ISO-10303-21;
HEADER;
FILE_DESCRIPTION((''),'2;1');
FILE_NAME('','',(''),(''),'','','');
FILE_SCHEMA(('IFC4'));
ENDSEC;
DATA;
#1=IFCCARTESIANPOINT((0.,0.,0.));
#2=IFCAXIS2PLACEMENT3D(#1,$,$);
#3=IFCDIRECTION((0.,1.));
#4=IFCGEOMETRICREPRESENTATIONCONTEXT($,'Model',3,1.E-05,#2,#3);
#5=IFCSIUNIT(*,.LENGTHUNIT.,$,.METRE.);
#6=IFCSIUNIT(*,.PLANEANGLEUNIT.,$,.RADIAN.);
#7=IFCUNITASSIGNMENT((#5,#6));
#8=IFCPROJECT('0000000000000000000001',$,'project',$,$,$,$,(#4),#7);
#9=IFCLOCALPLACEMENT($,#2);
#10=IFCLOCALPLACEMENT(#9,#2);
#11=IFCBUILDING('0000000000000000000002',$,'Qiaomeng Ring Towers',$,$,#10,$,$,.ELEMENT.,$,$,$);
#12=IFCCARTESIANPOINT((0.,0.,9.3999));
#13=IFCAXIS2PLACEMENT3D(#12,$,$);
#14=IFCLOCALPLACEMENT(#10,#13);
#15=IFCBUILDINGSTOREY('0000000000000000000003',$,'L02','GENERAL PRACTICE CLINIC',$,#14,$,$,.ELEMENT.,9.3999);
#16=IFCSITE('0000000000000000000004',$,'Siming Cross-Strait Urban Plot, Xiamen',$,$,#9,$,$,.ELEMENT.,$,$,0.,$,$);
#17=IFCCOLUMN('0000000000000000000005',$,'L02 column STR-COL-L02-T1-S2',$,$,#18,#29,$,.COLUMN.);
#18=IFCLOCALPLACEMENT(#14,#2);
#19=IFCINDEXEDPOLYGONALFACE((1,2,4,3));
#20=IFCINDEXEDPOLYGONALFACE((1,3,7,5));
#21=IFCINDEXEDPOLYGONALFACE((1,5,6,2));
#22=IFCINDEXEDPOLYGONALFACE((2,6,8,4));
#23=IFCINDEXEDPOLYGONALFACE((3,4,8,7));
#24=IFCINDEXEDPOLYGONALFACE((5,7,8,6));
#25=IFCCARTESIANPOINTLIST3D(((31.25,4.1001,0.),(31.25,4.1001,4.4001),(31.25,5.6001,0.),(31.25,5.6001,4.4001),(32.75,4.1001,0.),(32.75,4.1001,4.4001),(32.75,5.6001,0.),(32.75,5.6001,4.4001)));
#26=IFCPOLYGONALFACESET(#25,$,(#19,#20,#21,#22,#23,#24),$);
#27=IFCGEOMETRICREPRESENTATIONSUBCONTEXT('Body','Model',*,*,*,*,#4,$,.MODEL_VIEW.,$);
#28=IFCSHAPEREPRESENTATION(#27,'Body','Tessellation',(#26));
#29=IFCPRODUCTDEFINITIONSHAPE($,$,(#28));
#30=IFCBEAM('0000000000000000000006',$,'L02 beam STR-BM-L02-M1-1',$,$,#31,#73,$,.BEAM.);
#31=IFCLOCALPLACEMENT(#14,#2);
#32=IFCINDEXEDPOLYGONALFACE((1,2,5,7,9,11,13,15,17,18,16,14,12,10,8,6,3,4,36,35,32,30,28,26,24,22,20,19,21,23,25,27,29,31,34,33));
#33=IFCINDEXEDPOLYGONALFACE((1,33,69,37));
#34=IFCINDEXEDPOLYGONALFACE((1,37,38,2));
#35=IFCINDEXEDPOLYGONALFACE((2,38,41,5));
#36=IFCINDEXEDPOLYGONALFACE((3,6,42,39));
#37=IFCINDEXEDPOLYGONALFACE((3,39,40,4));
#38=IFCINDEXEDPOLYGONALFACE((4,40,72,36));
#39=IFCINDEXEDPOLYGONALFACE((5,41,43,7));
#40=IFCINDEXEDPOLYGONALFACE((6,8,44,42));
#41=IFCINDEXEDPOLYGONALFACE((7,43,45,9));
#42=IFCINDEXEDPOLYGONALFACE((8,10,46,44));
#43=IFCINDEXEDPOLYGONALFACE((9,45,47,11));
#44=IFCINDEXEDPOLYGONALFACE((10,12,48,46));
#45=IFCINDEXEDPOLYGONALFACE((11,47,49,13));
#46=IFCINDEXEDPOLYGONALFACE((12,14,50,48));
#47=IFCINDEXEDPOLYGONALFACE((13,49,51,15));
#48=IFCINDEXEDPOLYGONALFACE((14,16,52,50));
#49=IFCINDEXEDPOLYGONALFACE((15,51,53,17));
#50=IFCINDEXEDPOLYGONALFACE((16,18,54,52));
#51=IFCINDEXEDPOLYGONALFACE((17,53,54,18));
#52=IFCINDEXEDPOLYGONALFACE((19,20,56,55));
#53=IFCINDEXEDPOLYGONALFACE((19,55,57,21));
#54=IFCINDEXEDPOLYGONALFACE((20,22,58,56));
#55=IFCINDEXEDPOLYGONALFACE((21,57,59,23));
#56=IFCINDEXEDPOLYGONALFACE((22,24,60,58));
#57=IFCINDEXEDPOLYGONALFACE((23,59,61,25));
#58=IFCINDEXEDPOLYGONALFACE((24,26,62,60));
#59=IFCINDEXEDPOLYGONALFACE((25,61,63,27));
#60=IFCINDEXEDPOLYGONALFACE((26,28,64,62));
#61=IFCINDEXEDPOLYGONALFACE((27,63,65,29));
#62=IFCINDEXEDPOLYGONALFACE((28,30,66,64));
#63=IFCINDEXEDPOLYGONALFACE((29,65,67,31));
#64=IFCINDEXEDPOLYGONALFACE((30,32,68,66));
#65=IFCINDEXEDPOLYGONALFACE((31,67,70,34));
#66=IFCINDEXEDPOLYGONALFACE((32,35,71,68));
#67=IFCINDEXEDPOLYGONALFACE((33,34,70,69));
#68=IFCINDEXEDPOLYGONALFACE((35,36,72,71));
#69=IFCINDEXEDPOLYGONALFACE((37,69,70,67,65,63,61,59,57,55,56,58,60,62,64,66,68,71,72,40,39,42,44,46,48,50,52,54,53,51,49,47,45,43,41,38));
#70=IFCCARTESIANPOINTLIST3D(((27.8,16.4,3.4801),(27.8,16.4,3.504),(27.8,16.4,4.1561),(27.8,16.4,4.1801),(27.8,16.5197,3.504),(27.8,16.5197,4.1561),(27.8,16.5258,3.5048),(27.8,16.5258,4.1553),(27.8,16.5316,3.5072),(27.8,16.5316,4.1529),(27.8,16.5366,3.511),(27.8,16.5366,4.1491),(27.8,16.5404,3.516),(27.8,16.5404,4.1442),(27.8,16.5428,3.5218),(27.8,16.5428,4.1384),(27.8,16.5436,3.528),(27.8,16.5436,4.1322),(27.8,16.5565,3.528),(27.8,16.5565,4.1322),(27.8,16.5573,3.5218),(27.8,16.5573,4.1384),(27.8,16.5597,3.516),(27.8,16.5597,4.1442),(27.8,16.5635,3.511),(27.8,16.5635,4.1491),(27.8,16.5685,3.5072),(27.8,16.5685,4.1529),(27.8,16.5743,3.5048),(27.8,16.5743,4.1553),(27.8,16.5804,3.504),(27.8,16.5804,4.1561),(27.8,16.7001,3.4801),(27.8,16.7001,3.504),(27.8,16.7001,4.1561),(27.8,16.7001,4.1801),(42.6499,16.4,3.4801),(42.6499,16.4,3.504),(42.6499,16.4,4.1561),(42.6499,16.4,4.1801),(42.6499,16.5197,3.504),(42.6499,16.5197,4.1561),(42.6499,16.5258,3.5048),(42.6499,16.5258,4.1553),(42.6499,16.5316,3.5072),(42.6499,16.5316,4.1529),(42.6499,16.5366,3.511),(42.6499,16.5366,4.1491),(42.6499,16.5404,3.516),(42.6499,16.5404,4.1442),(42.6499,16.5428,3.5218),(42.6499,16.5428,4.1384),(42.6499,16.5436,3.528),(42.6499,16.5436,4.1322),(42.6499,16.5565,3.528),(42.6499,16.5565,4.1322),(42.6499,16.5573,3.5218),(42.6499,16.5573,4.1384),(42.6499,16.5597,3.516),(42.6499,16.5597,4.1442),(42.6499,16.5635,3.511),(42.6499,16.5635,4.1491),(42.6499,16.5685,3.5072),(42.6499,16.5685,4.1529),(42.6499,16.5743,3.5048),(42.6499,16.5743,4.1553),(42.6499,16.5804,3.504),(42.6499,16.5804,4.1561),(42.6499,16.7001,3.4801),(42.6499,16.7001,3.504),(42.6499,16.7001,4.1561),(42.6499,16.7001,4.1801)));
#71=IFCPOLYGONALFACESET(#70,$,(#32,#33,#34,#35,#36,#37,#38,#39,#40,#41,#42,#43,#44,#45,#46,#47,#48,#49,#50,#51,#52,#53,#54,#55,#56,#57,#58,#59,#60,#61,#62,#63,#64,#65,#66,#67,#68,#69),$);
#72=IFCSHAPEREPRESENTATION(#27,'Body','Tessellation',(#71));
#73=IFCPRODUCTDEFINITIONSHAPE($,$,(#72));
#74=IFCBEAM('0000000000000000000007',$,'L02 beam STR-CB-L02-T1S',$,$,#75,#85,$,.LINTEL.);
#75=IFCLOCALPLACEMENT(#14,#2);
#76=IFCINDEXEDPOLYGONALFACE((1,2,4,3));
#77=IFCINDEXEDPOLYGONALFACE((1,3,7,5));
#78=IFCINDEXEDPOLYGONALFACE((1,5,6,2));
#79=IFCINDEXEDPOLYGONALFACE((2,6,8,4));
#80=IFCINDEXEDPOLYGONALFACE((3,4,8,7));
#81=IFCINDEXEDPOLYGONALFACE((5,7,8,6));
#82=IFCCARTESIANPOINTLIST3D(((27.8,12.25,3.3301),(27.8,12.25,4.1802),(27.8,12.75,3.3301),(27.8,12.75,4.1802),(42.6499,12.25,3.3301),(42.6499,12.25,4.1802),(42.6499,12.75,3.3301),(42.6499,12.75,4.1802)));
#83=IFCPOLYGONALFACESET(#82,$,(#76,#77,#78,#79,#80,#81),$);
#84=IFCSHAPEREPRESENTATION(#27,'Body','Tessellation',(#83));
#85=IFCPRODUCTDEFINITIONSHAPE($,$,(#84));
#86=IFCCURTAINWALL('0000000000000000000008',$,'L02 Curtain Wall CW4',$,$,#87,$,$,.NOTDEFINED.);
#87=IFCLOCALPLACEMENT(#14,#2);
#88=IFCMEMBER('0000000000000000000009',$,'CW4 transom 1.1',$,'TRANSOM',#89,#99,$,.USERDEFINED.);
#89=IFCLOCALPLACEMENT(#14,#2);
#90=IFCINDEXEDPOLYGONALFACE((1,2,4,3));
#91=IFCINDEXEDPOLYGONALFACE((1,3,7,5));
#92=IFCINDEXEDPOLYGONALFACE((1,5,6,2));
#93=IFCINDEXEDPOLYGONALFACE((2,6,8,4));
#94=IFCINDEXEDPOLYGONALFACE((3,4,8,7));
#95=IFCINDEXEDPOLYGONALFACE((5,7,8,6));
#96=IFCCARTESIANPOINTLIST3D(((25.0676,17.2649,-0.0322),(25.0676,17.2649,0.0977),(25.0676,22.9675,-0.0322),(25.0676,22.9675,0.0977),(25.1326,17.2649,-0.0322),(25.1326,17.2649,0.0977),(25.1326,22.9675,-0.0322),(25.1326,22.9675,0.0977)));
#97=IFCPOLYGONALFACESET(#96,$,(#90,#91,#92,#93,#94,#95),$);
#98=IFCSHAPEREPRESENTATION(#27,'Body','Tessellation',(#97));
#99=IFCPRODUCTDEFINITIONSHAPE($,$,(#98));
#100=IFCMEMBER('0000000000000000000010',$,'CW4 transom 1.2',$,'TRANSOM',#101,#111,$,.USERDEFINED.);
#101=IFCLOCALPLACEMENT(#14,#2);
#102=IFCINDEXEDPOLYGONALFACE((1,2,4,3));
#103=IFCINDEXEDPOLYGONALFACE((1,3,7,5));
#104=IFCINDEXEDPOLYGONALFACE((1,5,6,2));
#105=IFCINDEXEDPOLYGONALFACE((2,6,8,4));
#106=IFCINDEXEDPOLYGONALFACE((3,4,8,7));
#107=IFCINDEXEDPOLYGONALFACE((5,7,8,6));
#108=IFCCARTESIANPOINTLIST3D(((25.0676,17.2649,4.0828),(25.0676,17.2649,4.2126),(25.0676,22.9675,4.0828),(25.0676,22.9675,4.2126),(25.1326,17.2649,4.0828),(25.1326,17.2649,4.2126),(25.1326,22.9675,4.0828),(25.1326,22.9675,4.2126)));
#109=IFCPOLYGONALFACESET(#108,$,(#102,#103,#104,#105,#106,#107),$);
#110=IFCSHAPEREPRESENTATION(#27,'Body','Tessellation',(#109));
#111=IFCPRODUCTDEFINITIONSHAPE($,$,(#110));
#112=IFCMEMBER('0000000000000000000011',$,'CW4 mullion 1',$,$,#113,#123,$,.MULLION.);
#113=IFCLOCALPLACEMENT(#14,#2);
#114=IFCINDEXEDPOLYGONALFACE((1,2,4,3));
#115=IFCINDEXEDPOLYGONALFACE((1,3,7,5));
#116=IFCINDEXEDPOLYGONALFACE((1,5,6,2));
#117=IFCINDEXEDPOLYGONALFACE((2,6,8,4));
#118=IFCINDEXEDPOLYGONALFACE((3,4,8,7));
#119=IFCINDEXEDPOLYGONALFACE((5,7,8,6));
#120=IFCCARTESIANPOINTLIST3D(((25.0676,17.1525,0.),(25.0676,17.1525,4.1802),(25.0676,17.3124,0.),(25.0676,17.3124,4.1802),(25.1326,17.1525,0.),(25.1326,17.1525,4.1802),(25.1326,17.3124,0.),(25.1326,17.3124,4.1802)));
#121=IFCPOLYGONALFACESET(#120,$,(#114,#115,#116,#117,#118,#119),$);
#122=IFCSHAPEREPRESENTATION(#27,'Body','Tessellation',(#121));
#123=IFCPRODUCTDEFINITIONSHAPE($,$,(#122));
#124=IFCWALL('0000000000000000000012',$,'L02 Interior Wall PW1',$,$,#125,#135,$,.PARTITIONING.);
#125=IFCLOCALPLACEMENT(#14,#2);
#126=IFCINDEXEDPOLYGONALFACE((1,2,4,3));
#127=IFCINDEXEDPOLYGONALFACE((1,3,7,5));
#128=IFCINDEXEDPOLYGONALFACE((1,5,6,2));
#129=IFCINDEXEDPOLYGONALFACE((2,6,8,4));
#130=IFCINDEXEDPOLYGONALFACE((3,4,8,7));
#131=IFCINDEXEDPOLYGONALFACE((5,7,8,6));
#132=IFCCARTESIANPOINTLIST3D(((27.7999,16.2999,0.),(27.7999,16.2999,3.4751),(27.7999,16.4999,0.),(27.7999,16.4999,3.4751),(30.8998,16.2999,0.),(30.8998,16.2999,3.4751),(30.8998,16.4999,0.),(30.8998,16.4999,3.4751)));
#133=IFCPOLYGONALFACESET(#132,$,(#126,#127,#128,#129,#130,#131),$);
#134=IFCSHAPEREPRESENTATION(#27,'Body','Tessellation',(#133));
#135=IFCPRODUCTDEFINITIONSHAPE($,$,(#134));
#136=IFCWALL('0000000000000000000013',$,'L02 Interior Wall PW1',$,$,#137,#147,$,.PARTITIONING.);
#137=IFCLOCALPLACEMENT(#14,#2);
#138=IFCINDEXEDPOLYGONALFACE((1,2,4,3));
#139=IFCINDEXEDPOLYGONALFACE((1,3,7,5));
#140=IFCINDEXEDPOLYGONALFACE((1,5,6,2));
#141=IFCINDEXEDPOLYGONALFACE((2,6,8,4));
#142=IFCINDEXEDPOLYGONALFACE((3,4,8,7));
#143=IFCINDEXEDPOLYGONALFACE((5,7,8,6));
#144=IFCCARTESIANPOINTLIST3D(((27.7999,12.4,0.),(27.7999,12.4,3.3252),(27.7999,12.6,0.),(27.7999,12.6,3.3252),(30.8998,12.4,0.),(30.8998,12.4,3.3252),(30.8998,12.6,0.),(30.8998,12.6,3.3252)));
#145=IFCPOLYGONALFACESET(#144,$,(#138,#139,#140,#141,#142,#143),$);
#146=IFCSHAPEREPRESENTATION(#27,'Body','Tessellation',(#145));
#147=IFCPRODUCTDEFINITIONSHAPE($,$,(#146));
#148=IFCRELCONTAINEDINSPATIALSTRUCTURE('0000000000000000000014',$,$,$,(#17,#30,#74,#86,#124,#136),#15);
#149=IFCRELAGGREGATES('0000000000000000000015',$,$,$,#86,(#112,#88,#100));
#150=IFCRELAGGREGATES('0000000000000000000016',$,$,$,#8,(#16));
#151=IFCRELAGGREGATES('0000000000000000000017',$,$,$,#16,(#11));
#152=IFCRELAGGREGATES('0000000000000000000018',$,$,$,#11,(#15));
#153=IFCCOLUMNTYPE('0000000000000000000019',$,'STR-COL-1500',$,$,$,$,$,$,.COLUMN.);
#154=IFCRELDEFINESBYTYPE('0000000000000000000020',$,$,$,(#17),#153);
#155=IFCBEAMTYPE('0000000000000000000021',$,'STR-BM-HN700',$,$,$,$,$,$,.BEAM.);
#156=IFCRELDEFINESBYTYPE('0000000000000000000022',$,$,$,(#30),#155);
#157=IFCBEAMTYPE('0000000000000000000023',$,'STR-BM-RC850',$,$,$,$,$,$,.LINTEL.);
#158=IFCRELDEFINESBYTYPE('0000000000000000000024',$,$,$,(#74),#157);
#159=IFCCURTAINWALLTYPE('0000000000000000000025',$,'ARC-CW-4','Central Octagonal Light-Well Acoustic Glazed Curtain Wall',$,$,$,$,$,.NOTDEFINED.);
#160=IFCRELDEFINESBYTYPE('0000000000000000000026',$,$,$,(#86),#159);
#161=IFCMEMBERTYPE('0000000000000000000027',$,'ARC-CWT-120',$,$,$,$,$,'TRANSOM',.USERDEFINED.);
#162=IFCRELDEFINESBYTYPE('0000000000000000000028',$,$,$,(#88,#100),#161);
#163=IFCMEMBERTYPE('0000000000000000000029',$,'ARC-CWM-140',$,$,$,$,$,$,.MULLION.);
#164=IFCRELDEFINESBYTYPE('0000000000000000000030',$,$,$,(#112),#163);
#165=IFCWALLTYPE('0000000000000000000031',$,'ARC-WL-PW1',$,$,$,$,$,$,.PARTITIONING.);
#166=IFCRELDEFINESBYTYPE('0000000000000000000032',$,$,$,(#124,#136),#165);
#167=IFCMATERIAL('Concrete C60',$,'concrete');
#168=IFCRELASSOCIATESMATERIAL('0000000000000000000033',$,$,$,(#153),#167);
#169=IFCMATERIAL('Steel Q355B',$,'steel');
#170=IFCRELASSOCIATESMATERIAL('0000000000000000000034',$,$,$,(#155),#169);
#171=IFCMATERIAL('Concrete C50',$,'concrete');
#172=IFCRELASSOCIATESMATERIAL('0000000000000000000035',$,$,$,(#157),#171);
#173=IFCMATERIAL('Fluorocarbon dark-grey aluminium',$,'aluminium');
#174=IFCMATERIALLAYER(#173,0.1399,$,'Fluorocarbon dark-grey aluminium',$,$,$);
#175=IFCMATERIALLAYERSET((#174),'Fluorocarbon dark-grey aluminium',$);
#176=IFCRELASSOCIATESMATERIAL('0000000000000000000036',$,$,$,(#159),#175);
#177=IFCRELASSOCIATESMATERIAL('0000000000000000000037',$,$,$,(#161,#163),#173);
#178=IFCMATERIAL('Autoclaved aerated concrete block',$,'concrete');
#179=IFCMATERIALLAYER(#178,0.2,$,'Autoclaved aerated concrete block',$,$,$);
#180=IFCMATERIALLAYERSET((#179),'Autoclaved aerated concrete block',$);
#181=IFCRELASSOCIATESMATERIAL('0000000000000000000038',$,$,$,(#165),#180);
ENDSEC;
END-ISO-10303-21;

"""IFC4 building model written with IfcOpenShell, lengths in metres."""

from ifc_helpers import new_model, si_unit, direction, frame, frame_2d, origin, origin_2d, place, context, subcontext, project, spatial, rectangle, i_section, extrude, source, transform, mapped, material, layer, layer_set, material_profile, profile_set, type_object, element, aggregate, save


model = new_model("IFC4")

# Units and contexts
model_context = context("Model", 3, precision=1e-05, world=origin(), true_north=direction((0.0, 1.0)))
body_context = subcontext(model_context, "Body", "Model", "MODEL_VIEW")
ifc_project = project(units=[si_unit("LENGTHUNIT", "METRE"), si_unit("PLANEANGLEUNIT", "RADIAN")], contexts=[model_context])

# Site, building, storey
site_placement = place(None, origin())
site = spatial("IfcSite", under=ifc_project, at=site_placement, Name="Siming Cross-Strait Urban Plot, Xiamen", CompositionType="ELEMENT", RefElevation=0.0)
building_placement = place(site_placement, origin())
building = spatial("IfcBuilding", under=site, at=building_placement, Name="Qiaomeng Ring Towers", CompositionType="ELEMENT")
storey_placement = place(building_placement, frame((0.0, 0.0, 9.3999)))
storey = spatial("IfcBuildingStorey", under=building, at=storey_placement, Name="L02", Description="GENERAL PRACTICE CLINIC", CompositionType="ELEMENT", Elevation=9.3999)

# Column
ifc_material_1 = material(Name="Concrete C60", Category="concrete")
ifc_material_profile_1 = material_profile(ifc_material_1, rectangle(XDim=1.5, YDim=1.5, at=origin_2d()), Name="RC COL 1500x1500")
ifc_profile_set_1 = profile_set([ifc_material_profile_1], Name="Concrete C60")
column_type = type_object("IfcColumnType", Name="STR-COL-1500", PredefinedType="COLUMN", material=ifc_profile_set_1)
shared_shape_1 = source(origin(), body_context, "Body", "SweptSolid", [
    extrude(rectangle(XDim=1.5, YDim=1.5, at=origin_2d()), origin(), (0.0, 0.0, 1.0), 4.4001),
])
column_placement = place(storey_placement, frame((32.0, 4.8501, 0.0), z_axis=(0.0, 0.0, 1.0), x_axis=(1.0, 0.0, 0.0)))
element("IfcColumn", 1, at=column_placement, inside=storey, type_object=column_type, Name="L02 column STR-COL-L02-T1-S2", PredefinedType="COLUMN", context=body_context, shape_type="MappedRepresentation", body=[
    mapped(shared_shape_1, transform((0.0, 0.0, 0.0), x_axis=(1.0, 0.0, 0.0), y_axis=(0.0, 1.0, 0.0), z_axis=(0.0, 0.0, 1.0), scale=1.0)),
])

# Beams
ifc_material_2 = material(Name="Steel Q355B", Category="steel")
ifc_material_profile_2 = material_profile(ifc_material_2, i_section(OverallWidth=0.3, OverallDepth=0.7, WebThickness=0.0129, FlangeThickness=0.0239, FilletRadius=0.0239, at=origin_2d()), Name="HN 700x300x13x24")
ifc_profile_set_2 = profile_set([ifc_material_profile_2], Name="Steel Q355B")
beam_type_1 = type_object("IfcBeamType", Name="STR-BM-HN700", PredefinedType="BEAM", material=ifc_profile_set_2)
shared_shape_2 = source(origin(), body_context, "Body", "SweptSolid", [
    extrude(i_section(OverallWidth=0.3, OverallDepth=0.7, WebThickness=0.0129, FlangeThickness=0.0239, FilletRadius=0.0239, at=origin_2d()), origin(), (0.0, 0.0, 1.0), 14.8499),
])
beam_1_placement = place(storey_placement, frame((27.8, 16.55, 3.8301), z_axis=(1.0, 0.0, 0.0), x_axis=(0.0, 1.0, 0.0)))
element("IfcBeam", 2, at=beam_1_placement, inside=storey, type_object=beam_type_1, Name="L02 beam STR-BM-L02-M1-1", PredefinedType="BEAM", context=body_context, shape_type="MappedRepresentation", body=[
    mapped(shared_shape_2, transform((0.0, 0.0, 0.0), x_axis=(1.0, 0.0, 0.0), y_axis=(0.0, 1.0, 0.0), z_axis=(0.0, 0.0, 1.0), scale=1.0)),
])
ifc_material_3 = material(Name="Concrete C50", Category="concrete")
ifc_material_profile_3 = material_profile(ifc_material_3, rectangle(XDim=0.5, YDim=0.8501, at=origin_2d()), Name="RC BM 500x850")
ifc_profile_set_3 = profile_set([ifc_material_profile_3], Name="Concrete C50")
beam_type_2 = type_object("IfcBeamType", Name="STR-BM-RC850", PredefinedType="LINTEL", material=ifc_profile_set_3)
shared_shape_3 = source(origin(), body_context, "Body", "SweptSolid", [
    extrude(rectangle(XDim=0.5, YDim=0.8501, at=origin_2d()), origin(), (0.0, 0.0, 1.0), 14.8499),
])
beam_2_placement = place(storey_placement, frame((27.8, 12.5, 3.7551), z_axis=(1.0, 0.0, 0.0), x_axis=(0.0, 1.0, 0.0)))
element("IfcBeam", 3, at=beam_2_placement, inside=storey, type_object=beam_type_2, Name="L02 beam STR-CB-L02-T1S", PredefinedType="LINTEL", context=body_context, shape_type="MappedRepresentation", body=[
    mapped(shared_shape_3, transform((0.0, 0.0, 0.0), x_axis=(1.0, 0.0, 0.0), y_axis=(0.0, 1.0, 0.0), z_axis=(0.0, 0.0, 1.0), scale=1.0)),
])

# Curtain wall, members
ifc_material_4 = material(Name="Fluorocarbon dark-grey aluminium", Category="aluminium")
ifc_layer_1 = layer(ifc_material_4, 0.1399, Name="Fluorocarbon dark-grey aluminium")
ifc_layer_set_1 = layer_set([ifc_layer_1], Name="Fluorocarbon dark-grey aluminium")
curtain_wall_type = type_object("IfcCurtainWallType", Name="ARC-CW-4", Description="Central Octagonal Light-Well Acoustic Glazed Curtain Wall", PredefinedType="NOTDEFINED", material=ifc_layer_set_1)
curtain_wall_placement = place(storey_placement, origin())
curtain_wall = element("IfcCurtainWall", 4, at=curtain_wall_placement, inside=storey, type_object=curtain_wall_type, Name="L02 Curtain Wall CW4", PredefinedType="NOTDEFINED")
ifc_material_profile_4 = material_profile(ifc_material_4, rectangle(XDim=0.0649, YDim=0.1299, at=origin_2d()), Name="ALU TRAN 65x130")
ifc_profile_set_4 = profile_set([ifc_material_profile_4], Name="Fluorocarbon dark-grey aluminium")
member_type_1 = type_object("IfcMemberType", Name="ARC-CWT-120", ElementType="TRANSOM", PredefinedType="USERDEFINED", material=ifc_profile_set_4)
shared_shape_4 = source(origin(), body_context, "Body", "SweptSolid", [
    extrude(rectangle(XDim=0.0649, YDim=0.1299, at=origin_2d()), origin(), (0.0, 0.0, 1.0), 5.7026),
])
member_1_placement = place(storey_placement, frame((25.1001, 17.2649, 0.0327), z_axis=(0.0, 1.0, 0.0), x_axis=(-1.0, 0.0, 0.0)))
member_1 = element("IfcMember", 5, at=member_1_placement, type_object=member_type_1, Name="CW4 transom 1.1", ObjectType="TRANSOM", PredefinedType="USERDEFINED", context=body_context, shape_type="MappedRepresentation", body=[
    mapped(shared_shape_4, transform((0.0, 0.0, 0.0), x_axis=(1.0, 0.0, 0.0), y_axis=(0.0, 1.0, 0.0), z_axis=(0.0, 0.0, 1.0), scale=1.0)),
])
member_2_placement = place(storey_placement, frame((25.1001, 17.2649, 4.1477), z_axis=(0.0, 1.0, 0.0), x_axis=(-1.0, 0.0, 0.0)))
member_2 = element("IfcMember", 6, at=member_2_placement, type_object=member_type_1, Name="CW4 transom 1.2", ObjectType="TRANSOM", PredefinedType="USERDEFINED", context=body_context, shape_type="MappedRepresentation", body=[
    mapped(shared_shape_4, transform((0.0, 0.0, 0.0), x_axis=(1.0, 0.0, 0.0), y_axis=(0.0, 1.0, 0.0), z_axis=(0.0, 0.0, 1.0), scale=1.0)),
])
ifc_material_profile_5 = material_profile(ifc_material_4, rectangle(XDim=0.0649, YDim=0.1599, at=origin_2d()), Name="ALU MULL 65x160")
ifc_profile_set_5 = profile_set([ifc_material_profile_5], Name="Fluorocarbon dark-grey aluminium")
member_type_2 = type_object("IfcMemberType", Name="ARC-CWM-140", PredefinedType="MULLION", material=ifc_profile_set_5)
shared_shape_5 = source(origin(), body_context, "Body", "SweptSolid", [
    extrude(rectangle(XDim=0.0649, YDim=0.1599, at=origin_2d()), origin(), (0.0, 0.0, 1.0), 4.1802),
])
member_3_placement = place(storey_placement, frame((25.1001, 17.2324, 0.0), z_axis=(0.0, 0.0, 1.0), x_axis=(-1.0, 0.0, 0.0)))
member_3 = element("IfcMember", 7, at=member_3_placement, type_object=member_type_2, Name="CW4 mullion 1", PredefinedType="MULLION", context=body_context, shape_type="MappedRepresentation", body=[
    mapped(shared_shape_5, transform((0.0, 0.0, 0.0), x_axis=(1.0, 0.0, 0.0), y_axis=(0.0, 1.0, 0.0), z_axis=(0.0, 0.0, 1.0), scale=1.0)),
])
aggregate(curtain_wall, [member_3, member_1, member_2])

# Walls
ifc_material_5 = material(Name="Autoclaved aerated concrete block", Category="concrete")
ifc_layer_2 = layer(ifc_material_5, 0.2, Name="Autoclaved aerated concrete block")
ifc_layer_set_2 = layer_set([ifc_layer_2], Name="Autoclaved aerated concrete block")
wall_type_1 = type_object("IfcWallType", Name="ARC-WL-PW1", PredefinedType="PARTITIONING", material=ifc_layer_set_2)
wall_1_placement = place(storey_placement, frame((27.8, 16.3999, 0.0), z_axis=(0.0, 0.0, 1.0), x_axis=(1.0, 0.0, 0.0)))
element("IfcWall", 8, at=wall_1_placement, inside=storey, type_object=wall_type_1, Name="L02 Interior Wall PW1", PredefinedType="PARTITIONING", context=body_context, shape_type="SweptSolid", body=[
    extrude(rectangle(XDim=3.0999, YDim=0.2, at=frame_2d((1.5498, 0.0))), origin(), (0.0, 0.0, 1.0), 3.4751),
])
wall_2_placement = place(storey_placement, frame((27.8, 12.5, 0.0), z_axis=(0.0, 0.0, 1.0), x_axis=(1.0, 0.0, 0.0)))
element("IfcWall", 9, at=wall_2_placement, inside=storey, type_object=wall_type_1, Name="L02 Interior Wall PW1", PredefinedType="PARTITIONING", context=body_context, shape_type="SweptSolid", body=[
    extrude(rectangle(XDim=3.0999, YDim=0.2, at=frame_2d((1.5498, 0.0))), origin(), (0.0, 0.0, 1.0), 3.3252),
])

save(model, "model.ifc")
